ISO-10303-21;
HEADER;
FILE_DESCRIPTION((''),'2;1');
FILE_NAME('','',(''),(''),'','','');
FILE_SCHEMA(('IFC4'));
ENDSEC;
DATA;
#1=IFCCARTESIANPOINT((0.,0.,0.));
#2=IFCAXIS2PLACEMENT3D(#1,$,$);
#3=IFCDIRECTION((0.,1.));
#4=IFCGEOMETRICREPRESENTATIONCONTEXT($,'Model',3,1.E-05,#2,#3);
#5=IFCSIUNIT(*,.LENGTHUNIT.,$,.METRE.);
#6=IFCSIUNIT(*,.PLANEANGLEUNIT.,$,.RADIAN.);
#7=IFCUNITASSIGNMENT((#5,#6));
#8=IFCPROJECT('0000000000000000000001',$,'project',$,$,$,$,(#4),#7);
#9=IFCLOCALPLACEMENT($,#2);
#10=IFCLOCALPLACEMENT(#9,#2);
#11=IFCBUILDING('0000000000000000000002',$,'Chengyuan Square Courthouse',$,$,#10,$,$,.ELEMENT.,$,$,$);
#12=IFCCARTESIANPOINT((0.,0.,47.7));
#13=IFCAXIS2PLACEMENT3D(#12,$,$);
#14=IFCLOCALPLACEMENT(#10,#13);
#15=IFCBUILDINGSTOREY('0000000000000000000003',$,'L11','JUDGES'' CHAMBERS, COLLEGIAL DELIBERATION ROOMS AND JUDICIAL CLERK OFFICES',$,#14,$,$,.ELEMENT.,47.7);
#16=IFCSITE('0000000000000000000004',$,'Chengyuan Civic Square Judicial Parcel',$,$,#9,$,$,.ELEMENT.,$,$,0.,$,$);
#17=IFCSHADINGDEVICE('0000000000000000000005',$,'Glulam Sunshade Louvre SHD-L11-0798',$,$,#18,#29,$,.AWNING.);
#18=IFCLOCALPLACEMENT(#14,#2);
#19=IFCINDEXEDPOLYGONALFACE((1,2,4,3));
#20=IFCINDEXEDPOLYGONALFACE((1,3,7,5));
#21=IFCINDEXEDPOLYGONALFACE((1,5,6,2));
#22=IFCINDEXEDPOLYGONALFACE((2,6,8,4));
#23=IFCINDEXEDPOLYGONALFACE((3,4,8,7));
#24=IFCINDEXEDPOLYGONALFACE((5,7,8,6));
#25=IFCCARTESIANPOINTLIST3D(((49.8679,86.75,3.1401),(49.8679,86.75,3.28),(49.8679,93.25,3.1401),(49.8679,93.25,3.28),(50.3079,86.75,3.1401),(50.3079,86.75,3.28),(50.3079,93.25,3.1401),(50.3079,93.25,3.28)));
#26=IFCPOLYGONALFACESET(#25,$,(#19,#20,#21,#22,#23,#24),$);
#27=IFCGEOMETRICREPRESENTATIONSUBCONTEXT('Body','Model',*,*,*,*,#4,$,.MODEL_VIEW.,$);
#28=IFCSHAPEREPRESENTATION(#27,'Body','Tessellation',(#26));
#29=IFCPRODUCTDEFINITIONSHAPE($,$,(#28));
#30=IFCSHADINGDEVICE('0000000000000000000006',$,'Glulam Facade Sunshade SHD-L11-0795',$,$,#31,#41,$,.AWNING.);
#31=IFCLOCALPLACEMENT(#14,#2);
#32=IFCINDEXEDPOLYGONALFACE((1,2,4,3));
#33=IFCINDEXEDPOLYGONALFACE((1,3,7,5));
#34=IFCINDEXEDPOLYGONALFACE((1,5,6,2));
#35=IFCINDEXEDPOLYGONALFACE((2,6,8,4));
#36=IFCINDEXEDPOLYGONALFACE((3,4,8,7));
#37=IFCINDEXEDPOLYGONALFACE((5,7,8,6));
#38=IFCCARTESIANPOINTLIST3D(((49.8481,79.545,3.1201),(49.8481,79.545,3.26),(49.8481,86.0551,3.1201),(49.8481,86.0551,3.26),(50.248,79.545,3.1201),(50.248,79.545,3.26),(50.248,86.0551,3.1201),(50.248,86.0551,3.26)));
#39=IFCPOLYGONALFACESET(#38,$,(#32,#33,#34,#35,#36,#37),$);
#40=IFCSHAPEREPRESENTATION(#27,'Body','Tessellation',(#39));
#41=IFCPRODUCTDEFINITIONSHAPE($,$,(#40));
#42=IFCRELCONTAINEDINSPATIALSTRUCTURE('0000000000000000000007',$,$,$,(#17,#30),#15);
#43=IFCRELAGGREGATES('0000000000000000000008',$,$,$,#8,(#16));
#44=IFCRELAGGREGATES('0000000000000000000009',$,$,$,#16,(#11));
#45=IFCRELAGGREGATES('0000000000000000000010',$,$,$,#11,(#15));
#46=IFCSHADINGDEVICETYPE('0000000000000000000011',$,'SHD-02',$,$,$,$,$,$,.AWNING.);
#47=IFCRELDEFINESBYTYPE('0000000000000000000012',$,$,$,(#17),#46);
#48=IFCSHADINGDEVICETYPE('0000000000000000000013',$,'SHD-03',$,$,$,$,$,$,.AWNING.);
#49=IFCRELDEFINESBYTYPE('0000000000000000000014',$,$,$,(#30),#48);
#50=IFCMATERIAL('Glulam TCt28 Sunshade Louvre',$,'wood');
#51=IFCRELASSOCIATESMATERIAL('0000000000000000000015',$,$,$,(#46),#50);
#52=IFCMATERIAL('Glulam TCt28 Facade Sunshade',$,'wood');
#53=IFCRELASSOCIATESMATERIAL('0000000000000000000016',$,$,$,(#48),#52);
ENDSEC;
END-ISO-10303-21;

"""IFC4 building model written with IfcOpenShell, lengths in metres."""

from ifc_helpers import new_model, si_unit, direction, frame, origin, origin_2d, place, context, subcontext, project, spatial, rectangle, extrude, material, type_object, element, save


model = new_model("IFC4")

# Units and contexts
model_context = context("Model", 3, precision=1e-05, world=origin(), true_north=direction((0.0, 1.0)))
body_context = subcontext(model_context, "Body", "Model", "MODEL_VIEW")
ifc_project = project(units=[si_unit("LENGTHUNIT", "METRE"), si_unit("PLANEANGLEUNIT", "RADIAN")], contexts=[model_context])

# Site, building, storey
site_placement = place(None, origin())
site = spatial("IfcSite", under=ifc_project, at=site_placement, Name="Chengyuan Civic Square Judicial Parcel", CompositionType="ELEMENT", RefElevation=0.0)
building_placement = place(site_placement, origin())
building = spatial("IfcBuilding", under=site, at=building_placement, Name="Chengyuan Square Courthouse", CompositionType="ELEMENT")
storey_placement = place(building_placement, frame((0.0, 0.0, 47.7)))
storey = spatial("IfcBuildingStorey", under=building, at=storey_placement, Name="L11", Description="JUDGES' CHAMBERS, COLLEGIAL DELIBERATION ROOMS AND JUDICIAL CLERK OFFICES", CompositionType="ELEMENT", Elevation=47.7)

# Shading devices
ifc_material_1 = material(Name="Glulam TCt28 Sunshade Louvre", Category="wood")
shading_device_type_1 = type_object("IfcShadingDeviceType", Name="SHD-02", PredefinedType="AWNING", material=ifc_material_1)
shading_device_1_placement = place(storey_placement, frame((50.0879, 90.0, 3.1401), z_axis=(0.0, 0.0, 1.0), x_axis=(0.0, 1.0, 0.0)))
element("IfcShadingDevice", 1, at=shading_device_1_placement, inside=storey, type_object=shading_device_type_1, Name="Glulam Sunshade Louvre SHD-L11-0798", PredefinedType="AWNING", context=body_context, shape_type="SweptSolid", body=[
    extrude(rectangle(XDim=6.5, YDim=0.4399, at=origin_2d()), origin(), (0.0, 0.0, 1.0), 0.1399),
])
ifc_material_2 = material(Name="Glulam TCt28 Facade Sunshade", Category="wood")
shading_device_type_2 = type_object("IfcShadingDeviceType", Name="SHD-03", PredefinedType="AWNING", material=ifc_material_2)
shading_device_2_placement = place(storey_placement, frame((50.0481, 82.8, 3.1201), z_axis=(0.0, 0.0, 1.0), x_axis=(0.0, 1.0, 0.0)))
element("IfcShadingDevice", 2, at=shading_device_2_placement, inside=storey, type_object=shading_device_type_2, Name="Glulam Facade Sunshade SHD-L11-0795", PredefinedType="AWNING", context=body_context, shape_type="SweptSolid", body=[
    extrude(rectangle(XDim=6.51, YDim=0.3999, at=origin_2d()), origin(), (0.0, 0.0, 1.0), 0.1399),
])

save(model, "model.ifc")
